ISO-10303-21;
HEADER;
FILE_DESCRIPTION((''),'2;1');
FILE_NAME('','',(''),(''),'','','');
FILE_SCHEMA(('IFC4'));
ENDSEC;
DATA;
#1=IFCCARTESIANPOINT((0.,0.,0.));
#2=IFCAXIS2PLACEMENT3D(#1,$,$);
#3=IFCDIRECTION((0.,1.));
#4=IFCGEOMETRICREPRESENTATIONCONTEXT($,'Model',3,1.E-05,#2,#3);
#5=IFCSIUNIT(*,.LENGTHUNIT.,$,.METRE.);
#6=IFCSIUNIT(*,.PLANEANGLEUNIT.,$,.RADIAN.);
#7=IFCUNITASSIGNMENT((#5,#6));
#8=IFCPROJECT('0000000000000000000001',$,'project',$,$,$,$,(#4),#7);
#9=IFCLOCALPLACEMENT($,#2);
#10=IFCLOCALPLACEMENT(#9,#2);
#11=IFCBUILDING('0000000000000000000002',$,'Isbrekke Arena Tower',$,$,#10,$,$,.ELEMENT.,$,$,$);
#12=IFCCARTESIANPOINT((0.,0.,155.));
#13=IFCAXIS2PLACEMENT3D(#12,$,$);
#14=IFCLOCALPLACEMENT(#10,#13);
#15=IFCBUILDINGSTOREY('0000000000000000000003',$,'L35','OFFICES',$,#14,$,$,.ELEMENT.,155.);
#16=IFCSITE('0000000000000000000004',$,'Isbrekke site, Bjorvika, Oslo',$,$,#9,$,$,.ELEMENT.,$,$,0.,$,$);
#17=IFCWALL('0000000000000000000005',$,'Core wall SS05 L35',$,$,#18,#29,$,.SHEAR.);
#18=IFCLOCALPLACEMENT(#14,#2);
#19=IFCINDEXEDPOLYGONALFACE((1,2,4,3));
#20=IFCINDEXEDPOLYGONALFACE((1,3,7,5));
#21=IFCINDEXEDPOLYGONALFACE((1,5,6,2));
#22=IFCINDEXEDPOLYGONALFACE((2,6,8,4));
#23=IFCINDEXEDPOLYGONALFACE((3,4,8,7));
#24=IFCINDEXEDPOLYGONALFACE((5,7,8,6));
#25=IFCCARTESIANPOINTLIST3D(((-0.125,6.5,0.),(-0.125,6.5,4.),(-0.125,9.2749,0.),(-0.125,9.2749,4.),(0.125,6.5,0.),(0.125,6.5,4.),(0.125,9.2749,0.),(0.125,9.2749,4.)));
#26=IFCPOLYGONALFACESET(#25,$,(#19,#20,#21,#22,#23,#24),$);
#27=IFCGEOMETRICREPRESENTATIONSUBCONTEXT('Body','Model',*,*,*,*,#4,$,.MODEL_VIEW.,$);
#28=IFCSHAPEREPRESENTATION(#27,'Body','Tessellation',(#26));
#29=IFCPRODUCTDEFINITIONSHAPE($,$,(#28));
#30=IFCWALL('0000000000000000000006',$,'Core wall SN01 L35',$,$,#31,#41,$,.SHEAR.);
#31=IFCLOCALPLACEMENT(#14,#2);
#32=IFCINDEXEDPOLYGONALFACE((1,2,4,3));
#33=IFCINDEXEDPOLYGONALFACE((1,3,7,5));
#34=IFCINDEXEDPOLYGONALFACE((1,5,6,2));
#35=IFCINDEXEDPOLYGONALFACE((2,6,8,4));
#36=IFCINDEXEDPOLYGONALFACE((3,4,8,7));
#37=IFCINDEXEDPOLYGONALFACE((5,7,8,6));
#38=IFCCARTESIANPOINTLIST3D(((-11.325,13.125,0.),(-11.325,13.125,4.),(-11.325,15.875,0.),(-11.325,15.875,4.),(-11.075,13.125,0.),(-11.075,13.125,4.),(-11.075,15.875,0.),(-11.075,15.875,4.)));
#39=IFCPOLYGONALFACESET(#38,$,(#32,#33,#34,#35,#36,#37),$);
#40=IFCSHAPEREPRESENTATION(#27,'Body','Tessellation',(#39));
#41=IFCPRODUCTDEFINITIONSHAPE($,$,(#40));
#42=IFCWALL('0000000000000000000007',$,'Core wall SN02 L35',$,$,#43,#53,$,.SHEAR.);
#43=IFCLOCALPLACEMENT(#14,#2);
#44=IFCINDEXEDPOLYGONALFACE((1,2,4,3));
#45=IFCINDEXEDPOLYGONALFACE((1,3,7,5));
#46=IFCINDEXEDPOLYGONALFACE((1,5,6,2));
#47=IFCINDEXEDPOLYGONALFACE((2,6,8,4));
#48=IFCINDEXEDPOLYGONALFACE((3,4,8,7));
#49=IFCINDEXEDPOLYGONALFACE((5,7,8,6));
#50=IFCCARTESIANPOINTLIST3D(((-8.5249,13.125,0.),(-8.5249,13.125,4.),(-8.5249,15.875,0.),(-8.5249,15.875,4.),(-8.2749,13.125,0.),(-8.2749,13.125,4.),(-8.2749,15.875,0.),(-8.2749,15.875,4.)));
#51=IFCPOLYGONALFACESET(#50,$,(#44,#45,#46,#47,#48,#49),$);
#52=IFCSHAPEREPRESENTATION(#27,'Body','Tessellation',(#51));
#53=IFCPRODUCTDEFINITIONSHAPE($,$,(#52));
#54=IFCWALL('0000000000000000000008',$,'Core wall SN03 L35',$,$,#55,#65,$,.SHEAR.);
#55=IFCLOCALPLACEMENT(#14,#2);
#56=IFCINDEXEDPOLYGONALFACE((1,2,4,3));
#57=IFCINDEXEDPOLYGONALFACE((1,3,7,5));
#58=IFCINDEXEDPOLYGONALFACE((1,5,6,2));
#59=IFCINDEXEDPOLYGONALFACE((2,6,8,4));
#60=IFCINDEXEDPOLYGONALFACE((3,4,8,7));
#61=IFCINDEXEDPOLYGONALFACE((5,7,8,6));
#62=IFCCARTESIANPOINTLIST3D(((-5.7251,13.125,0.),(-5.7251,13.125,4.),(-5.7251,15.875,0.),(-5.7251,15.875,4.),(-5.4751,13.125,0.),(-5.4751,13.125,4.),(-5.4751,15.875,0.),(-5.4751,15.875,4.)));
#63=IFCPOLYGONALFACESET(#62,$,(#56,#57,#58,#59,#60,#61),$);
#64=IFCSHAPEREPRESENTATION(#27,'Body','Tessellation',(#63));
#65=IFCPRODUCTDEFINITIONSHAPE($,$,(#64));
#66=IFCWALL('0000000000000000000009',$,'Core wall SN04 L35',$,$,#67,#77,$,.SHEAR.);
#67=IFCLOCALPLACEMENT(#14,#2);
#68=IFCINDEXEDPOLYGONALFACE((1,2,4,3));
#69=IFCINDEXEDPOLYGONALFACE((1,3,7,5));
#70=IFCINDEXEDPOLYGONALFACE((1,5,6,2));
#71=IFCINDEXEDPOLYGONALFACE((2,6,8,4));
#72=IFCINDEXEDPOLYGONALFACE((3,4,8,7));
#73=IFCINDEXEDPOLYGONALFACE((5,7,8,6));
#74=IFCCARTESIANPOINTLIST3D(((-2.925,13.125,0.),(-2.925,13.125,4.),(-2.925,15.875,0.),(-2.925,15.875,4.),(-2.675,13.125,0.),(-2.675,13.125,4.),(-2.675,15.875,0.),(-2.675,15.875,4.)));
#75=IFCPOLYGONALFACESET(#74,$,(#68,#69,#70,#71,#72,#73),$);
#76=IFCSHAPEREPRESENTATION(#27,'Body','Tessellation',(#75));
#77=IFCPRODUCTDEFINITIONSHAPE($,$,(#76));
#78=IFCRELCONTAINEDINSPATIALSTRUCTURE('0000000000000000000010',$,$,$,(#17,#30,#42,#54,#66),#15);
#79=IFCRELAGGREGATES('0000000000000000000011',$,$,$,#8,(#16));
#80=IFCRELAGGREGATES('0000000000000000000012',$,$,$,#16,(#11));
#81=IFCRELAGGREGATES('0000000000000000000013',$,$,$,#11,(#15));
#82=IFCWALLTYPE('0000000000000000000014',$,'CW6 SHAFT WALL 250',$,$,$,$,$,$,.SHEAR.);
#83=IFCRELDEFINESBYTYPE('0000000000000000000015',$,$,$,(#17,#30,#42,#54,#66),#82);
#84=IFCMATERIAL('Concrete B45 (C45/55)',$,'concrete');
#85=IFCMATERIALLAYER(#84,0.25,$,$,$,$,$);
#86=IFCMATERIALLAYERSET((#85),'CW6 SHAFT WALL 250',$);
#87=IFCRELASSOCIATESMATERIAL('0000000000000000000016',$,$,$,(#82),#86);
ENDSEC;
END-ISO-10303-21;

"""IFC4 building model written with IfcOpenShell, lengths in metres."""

from ifc_helpers import new_model, si_unit, direction, frame, frame_2d, origin, place, context, subcontext, project, spatial, rectangle, extrude, material, layer, layer_set, type_object, element, save


model = new_model("IFC4")

# Units and contexts
model_context = context("Model", 3, precision=1e-05, world=origin(), true_north=direction((0.0, 1.0)))
body_context = subcontext(model_context, "Body", "Model", "MODEL_VIEW")
ifc_project = project(units=[si_unit("LENGTHUNIT", "METRE"), si_unit("PLANEANGLEUNIT", "RADIAN")], contexts=[model_context])

# Site, building, storey
site_placement = place(None, origin())
site = spatial("IfcSite", under=ifc_project, at=site_placement, Name="Isbrekke site, Bjorvika, Oslo", CompositionType="ELEMENT", RefElevation=0.0)
building_placement = place(site_placement, origin())
building = spatial("IfcBuilding", under=site, at=building_placement, Name="Isbrekke Arena Tower", CompositionType="ELEMENT")
storey_placement = place(building_placement, frame((0.0, 0.0, 155.0)))
storey = spatial("IfcBuildingStorey", under=building, at=storey_placement, Name="L35", Description="OFFICES", CompositionType="ELEMENT", Elevation=155.0)

# Shared definitions
ifc_material_1 = material(Name="Concrete B45 (C45/55)", Category="concrete")
ifc_layer_1 = layer(ifc_material_1, 0.25)
ifc_layer_set_1 = layer_set([ifc_layer_1], Name="CW6 SHAFT WALL 250")
wall_type_1 = type_object("IfcWallType", Name="CW6 SHAFT WALL 250", PredefinedType="SHEAR", material=ifc_layer_set_1)

# Walls
for number, where, z_axis, x_axis, name in (
    (1, (0.0, 6.5, 0.0), (0.0, 0.0, 1.0), (0.0, 1.0, 0.0), "Core wall SS05 L35"),
):
    element("IfcWall", number, at=place(storey_placement, frame(where, z_axis=z_axis, x_axis=x_axis)), inside=storey, type_object=wall_type_1, Name=name, PredefinedType="SHEAR", context=body_context, shape_type="SweptSolid", body=[
        extrude(rectangle(XDim=2.7749, YDim=0.25, at=frame_2d((1.3875, 0.0))), origin(), (0.0, 0.0, 1.0), 4.0),
    ])
for number, where, z_axis, x_axis, name in (
    (2, (-11.2, 13.125, 0.0), (0.0, 0.0, 1.0), (0.0, 1.0, 0.0), "Core wall SN01 L35"),
    (3, (-8.3999, 13.125, 0.0), (0.0, 0.0, 1.0), (0.0, 1.0, 0.0), "Core wall SN02 L35"),
    (4, (-5.6001, 13.125, 0.0), (0.0, 0.0, 1.0), (0.0, 1.0, 0.0), "Core wall SN03 L35"),
    (5, (-2.8, 13.125, 0.0), (0.0, 0.0, 1.0), (0.0, 1.0, 0.0), "Core wall SN04 L35"),
):
    element("IfcWall", number, at=place(storey_placement, frame(where, z_axis=z_axis, x_axis=x_axis)), inside=storey, type_object=wall_type_1, Name=name, PredefinedType="SHEAR", context=body_context, shape_type="SweptSolid", body=[
        extrude(rectangle(XDim=2.75, YDim=0.25, at=frame_2d((1.375, 0.0))), origin(), (0.0, 0.0, 1.0), 4.0),
    ])

save(model, "model.ifc")
